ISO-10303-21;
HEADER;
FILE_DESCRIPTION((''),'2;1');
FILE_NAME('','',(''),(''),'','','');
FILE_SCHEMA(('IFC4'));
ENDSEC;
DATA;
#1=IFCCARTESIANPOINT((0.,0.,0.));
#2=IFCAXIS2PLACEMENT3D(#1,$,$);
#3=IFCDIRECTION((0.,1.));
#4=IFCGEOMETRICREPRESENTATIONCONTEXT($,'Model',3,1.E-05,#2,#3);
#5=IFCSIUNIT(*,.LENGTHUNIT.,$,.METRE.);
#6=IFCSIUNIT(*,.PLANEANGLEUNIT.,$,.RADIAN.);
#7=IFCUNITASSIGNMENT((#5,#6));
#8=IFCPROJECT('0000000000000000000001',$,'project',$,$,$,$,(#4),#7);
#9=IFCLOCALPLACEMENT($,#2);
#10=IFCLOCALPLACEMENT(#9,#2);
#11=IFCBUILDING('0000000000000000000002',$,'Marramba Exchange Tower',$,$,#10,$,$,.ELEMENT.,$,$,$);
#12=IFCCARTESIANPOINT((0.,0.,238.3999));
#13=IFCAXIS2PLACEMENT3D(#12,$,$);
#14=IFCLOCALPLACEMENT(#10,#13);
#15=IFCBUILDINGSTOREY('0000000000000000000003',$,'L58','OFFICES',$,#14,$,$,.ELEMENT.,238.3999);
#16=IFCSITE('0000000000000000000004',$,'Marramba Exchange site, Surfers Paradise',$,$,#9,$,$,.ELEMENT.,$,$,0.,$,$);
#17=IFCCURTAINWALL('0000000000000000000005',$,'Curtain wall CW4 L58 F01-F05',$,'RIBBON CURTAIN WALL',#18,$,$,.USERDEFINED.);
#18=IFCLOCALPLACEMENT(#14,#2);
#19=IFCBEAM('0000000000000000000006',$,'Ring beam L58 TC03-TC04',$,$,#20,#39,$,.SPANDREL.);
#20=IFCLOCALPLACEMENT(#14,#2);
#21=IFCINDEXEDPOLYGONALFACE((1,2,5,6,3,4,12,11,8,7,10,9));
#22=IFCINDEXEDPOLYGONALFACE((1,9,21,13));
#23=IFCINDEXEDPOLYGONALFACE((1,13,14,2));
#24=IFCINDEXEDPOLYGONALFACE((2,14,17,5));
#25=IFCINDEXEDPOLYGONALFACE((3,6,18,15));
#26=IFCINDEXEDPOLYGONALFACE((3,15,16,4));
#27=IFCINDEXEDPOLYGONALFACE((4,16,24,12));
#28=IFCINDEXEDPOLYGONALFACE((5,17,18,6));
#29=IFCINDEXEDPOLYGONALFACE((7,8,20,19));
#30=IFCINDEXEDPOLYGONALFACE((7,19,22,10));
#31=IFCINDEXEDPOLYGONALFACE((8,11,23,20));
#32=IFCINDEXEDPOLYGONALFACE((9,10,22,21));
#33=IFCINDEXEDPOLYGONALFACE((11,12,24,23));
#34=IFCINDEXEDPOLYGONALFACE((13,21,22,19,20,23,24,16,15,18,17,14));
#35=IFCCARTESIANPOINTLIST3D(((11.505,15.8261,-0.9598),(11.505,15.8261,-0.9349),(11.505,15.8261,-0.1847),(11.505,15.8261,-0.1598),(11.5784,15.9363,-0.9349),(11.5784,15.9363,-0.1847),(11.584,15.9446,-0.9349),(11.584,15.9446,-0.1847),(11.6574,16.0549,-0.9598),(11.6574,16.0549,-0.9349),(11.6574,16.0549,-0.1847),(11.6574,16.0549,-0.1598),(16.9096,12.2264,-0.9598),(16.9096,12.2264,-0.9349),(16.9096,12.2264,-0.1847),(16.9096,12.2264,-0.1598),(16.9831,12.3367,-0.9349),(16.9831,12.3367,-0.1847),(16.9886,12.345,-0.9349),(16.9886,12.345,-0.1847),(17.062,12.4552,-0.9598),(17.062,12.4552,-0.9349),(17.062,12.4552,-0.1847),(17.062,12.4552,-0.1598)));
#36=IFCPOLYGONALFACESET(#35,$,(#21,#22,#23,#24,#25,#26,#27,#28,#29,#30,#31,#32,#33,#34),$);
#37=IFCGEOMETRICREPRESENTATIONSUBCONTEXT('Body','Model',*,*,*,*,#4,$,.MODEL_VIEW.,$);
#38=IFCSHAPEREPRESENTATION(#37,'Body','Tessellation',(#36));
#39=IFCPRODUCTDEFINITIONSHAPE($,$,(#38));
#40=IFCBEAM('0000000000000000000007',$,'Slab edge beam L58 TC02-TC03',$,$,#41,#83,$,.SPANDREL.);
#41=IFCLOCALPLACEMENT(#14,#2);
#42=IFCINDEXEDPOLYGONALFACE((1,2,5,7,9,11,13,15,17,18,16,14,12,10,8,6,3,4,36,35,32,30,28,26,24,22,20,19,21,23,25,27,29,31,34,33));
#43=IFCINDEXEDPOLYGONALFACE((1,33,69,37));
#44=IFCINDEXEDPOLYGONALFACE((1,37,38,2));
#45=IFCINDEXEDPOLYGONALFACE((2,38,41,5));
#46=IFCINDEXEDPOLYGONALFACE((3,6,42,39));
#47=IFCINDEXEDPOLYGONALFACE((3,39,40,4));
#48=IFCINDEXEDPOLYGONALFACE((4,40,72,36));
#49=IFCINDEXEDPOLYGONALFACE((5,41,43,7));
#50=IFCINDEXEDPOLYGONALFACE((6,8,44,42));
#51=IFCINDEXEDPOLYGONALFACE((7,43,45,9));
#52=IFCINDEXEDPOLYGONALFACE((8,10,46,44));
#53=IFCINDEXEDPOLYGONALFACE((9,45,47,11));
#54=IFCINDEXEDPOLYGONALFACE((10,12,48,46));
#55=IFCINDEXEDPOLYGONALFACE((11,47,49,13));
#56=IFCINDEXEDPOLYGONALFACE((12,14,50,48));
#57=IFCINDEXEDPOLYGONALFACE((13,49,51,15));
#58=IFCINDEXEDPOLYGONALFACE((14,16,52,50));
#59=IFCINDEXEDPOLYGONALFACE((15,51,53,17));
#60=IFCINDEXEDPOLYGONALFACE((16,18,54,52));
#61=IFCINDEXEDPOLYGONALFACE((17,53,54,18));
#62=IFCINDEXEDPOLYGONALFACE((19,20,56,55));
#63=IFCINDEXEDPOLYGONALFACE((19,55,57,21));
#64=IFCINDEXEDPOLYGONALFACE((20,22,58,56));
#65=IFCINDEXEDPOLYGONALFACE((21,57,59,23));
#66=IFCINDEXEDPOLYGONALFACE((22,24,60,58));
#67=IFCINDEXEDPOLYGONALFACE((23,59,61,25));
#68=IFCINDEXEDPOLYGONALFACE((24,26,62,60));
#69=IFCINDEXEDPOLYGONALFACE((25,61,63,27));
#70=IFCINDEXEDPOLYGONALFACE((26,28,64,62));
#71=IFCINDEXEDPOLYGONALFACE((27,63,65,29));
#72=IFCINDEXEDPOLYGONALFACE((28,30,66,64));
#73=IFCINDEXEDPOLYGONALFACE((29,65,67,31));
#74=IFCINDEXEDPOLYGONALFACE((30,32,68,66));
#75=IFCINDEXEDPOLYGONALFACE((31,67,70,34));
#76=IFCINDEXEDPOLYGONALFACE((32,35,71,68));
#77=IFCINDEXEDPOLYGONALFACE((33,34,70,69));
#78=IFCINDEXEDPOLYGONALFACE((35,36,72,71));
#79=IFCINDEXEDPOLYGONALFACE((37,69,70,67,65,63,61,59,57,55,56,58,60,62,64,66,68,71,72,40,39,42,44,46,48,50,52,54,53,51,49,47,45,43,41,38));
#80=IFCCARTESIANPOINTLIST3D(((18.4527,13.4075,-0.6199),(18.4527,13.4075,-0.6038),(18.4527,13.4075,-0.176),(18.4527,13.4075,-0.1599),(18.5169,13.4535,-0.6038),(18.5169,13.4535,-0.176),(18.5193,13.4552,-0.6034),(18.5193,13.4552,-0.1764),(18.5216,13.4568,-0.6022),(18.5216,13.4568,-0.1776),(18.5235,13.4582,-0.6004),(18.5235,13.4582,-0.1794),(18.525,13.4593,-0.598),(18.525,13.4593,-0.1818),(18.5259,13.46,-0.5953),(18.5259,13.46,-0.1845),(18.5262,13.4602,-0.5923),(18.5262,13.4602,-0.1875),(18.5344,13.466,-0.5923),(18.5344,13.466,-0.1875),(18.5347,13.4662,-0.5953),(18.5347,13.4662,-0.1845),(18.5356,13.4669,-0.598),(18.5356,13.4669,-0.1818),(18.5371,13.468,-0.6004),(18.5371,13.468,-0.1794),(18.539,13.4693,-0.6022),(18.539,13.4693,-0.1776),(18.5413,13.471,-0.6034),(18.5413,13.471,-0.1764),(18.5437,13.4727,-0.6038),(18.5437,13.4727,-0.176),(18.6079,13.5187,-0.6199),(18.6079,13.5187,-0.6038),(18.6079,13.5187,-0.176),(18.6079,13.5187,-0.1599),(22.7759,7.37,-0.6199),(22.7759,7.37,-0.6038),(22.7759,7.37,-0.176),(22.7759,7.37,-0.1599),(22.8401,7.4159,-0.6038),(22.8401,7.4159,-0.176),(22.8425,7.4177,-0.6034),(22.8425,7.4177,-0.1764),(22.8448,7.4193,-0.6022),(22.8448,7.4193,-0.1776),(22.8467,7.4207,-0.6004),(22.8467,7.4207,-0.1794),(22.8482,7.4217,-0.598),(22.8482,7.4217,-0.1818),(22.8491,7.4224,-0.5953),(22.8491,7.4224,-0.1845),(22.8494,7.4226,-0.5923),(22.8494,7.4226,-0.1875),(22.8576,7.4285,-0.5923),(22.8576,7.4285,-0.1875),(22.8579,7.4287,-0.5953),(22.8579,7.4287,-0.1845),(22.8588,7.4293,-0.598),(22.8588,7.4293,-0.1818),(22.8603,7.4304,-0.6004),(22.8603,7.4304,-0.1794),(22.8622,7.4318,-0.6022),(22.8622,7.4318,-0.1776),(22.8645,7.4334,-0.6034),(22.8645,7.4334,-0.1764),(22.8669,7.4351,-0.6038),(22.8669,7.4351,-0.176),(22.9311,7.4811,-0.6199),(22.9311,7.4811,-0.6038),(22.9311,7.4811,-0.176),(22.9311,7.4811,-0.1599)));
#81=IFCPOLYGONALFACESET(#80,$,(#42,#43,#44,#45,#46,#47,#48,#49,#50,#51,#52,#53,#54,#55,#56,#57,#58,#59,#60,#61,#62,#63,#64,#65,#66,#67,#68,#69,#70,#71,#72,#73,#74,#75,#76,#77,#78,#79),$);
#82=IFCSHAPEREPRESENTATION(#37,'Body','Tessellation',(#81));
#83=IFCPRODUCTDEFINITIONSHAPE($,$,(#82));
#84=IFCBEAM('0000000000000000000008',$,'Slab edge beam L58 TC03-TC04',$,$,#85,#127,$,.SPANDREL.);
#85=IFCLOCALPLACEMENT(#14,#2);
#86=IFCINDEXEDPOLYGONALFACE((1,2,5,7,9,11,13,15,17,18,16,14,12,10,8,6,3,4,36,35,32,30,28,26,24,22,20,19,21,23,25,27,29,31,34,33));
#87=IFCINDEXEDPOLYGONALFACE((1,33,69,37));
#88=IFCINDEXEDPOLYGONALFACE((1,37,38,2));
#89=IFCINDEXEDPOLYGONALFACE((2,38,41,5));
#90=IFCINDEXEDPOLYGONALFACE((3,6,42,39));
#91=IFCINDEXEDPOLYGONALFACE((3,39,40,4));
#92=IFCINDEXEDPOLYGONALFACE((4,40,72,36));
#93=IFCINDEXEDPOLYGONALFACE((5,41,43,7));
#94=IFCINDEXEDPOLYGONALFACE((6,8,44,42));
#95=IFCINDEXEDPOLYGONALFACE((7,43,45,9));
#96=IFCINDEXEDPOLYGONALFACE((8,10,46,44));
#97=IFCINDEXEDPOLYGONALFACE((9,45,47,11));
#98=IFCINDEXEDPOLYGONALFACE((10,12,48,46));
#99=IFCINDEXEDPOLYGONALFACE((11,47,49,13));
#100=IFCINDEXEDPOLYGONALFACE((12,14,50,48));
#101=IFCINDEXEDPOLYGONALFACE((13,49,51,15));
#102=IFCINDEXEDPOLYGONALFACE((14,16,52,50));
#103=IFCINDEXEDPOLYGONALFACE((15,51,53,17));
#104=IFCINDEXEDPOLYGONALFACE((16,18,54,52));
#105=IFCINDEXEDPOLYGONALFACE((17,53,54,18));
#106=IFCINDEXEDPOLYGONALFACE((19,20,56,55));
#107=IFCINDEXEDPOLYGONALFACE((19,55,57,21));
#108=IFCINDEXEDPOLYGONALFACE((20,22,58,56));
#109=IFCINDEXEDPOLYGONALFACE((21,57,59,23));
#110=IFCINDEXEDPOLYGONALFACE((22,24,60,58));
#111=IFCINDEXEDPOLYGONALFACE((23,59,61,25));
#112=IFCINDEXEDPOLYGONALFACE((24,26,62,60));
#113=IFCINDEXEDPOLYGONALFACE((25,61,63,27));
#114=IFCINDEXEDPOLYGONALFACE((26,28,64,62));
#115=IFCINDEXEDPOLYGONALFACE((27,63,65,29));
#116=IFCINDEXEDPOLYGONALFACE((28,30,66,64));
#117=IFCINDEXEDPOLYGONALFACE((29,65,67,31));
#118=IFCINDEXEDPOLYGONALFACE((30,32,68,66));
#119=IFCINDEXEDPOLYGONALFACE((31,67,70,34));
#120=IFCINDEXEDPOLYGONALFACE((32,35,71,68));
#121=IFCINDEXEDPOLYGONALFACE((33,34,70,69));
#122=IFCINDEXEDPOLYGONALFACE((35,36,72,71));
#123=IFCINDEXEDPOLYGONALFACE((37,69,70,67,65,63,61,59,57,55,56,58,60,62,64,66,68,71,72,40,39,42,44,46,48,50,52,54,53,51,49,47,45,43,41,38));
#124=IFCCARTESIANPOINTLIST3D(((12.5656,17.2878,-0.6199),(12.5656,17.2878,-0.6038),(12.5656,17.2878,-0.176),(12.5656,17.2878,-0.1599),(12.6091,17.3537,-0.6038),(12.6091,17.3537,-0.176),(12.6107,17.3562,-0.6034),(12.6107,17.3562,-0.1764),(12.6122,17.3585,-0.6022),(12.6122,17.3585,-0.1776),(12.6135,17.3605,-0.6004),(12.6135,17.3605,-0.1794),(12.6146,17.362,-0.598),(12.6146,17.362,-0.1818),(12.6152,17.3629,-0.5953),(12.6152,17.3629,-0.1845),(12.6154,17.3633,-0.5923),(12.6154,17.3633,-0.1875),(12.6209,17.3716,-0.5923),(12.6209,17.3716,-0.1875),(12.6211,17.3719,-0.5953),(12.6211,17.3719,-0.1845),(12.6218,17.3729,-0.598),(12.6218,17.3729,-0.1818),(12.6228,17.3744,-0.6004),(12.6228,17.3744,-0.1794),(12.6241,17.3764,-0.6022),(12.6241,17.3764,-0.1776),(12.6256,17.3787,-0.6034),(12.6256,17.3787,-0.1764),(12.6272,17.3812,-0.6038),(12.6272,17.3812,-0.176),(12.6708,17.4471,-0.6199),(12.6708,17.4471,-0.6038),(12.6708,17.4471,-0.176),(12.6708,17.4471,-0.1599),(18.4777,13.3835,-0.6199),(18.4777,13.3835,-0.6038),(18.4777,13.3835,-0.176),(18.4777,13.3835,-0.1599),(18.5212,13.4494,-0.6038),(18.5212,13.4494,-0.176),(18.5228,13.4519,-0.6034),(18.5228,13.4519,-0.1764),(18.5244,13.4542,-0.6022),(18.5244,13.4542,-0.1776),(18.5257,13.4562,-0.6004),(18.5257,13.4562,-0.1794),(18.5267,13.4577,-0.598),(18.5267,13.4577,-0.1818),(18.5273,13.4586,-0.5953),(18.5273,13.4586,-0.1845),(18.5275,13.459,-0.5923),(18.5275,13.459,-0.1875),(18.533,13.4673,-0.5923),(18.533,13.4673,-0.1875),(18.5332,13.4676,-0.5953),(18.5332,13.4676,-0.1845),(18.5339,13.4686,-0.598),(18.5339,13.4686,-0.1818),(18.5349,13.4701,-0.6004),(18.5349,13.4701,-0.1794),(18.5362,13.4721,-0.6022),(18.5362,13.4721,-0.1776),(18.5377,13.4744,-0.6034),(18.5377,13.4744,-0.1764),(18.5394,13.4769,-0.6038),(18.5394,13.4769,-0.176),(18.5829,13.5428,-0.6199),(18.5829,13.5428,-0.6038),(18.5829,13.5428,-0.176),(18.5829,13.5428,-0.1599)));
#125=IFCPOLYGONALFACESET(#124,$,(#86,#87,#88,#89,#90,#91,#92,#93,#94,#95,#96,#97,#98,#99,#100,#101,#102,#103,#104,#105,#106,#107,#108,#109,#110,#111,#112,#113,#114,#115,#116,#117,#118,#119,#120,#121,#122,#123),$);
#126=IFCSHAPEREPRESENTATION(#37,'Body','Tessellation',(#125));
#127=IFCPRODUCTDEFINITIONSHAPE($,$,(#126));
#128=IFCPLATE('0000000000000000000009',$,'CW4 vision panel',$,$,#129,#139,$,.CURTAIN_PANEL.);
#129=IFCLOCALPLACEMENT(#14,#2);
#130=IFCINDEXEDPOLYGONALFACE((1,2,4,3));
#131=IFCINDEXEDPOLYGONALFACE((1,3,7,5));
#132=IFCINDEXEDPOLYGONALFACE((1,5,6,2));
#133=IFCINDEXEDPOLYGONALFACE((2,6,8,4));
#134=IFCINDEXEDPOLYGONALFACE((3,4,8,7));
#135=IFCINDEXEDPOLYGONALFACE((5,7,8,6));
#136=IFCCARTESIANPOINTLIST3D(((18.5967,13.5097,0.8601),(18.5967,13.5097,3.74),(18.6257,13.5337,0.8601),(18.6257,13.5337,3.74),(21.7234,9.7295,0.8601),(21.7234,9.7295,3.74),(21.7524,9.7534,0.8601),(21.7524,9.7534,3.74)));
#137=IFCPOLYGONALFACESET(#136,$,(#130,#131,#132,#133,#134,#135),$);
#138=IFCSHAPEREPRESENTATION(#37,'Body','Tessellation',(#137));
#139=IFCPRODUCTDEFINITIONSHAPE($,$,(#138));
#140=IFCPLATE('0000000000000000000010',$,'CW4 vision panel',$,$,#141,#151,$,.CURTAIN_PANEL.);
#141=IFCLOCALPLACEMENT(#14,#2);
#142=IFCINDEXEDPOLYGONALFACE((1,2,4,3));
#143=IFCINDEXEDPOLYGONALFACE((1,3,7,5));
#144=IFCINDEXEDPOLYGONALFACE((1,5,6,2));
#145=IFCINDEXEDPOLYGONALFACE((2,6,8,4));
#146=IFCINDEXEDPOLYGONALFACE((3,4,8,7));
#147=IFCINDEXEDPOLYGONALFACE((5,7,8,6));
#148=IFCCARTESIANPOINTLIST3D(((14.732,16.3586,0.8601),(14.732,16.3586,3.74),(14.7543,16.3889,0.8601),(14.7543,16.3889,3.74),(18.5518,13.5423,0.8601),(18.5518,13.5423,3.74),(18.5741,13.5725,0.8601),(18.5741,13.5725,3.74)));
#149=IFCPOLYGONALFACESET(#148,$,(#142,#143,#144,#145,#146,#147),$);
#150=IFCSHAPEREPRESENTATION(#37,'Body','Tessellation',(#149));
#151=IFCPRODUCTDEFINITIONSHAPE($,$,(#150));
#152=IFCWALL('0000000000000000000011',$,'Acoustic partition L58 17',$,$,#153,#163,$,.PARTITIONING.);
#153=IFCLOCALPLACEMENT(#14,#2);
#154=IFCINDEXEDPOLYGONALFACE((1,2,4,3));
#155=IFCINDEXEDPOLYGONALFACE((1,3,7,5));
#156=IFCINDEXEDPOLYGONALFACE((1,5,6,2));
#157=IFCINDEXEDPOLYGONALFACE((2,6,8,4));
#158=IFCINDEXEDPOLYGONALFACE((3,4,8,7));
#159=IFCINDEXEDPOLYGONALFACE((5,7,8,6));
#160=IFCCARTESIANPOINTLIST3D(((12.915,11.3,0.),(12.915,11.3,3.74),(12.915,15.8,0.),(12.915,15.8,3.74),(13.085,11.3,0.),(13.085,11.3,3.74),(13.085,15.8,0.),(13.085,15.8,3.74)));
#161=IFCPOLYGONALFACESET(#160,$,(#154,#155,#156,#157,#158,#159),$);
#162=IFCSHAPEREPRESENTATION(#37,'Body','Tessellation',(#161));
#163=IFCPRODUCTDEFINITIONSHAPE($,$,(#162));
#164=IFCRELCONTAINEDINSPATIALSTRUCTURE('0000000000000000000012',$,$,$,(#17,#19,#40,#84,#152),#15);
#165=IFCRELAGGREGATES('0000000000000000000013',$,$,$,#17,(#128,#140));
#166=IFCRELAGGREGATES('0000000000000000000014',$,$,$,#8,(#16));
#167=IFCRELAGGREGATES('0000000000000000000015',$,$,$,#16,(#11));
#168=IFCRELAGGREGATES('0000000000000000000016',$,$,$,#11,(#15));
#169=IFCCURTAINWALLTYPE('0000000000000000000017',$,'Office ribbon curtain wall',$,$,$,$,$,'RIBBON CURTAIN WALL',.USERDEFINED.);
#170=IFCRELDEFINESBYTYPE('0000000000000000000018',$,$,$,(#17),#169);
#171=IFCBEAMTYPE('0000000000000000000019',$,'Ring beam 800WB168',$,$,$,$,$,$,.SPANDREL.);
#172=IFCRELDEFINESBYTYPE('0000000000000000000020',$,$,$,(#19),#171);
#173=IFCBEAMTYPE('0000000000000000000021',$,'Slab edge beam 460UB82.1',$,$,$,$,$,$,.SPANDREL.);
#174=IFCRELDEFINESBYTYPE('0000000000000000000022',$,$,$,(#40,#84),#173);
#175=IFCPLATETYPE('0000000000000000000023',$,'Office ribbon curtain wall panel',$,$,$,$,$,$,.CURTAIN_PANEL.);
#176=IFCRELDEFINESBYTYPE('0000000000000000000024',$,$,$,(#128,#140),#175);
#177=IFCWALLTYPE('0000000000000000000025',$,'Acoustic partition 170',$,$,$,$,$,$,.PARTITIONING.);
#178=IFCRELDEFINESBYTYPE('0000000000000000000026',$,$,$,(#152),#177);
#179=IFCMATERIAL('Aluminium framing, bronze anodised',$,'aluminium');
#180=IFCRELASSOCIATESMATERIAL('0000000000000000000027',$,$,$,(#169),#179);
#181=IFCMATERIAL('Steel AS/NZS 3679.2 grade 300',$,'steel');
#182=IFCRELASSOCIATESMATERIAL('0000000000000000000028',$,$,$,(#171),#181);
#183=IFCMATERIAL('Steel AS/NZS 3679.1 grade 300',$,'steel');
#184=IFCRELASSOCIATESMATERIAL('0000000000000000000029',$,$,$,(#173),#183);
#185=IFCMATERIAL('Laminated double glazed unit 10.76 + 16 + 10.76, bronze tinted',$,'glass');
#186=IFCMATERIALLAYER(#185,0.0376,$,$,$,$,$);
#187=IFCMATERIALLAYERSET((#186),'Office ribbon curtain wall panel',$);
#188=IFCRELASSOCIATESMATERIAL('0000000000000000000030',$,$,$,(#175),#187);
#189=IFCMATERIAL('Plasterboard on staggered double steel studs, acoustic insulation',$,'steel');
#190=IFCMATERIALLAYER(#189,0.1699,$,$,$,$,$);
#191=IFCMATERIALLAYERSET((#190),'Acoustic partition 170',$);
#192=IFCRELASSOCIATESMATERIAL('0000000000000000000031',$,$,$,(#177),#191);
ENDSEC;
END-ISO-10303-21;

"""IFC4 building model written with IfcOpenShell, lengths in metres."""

from ifc_helpers import new_model, si_unit, direction, frame, frame_2d, origin, origin_2d, place, context, subcontext, project, spatial, rectangle, i_section, extrude, material, layer, layer_set, material_profile, profile_set, type_object, element, aggregate, save


model = new_model("IFC4")

# Units and contexts
model_context = context("Model", 3, precision=1e-05, world=origin(), true_north=direction((0.0, 1.0)))
body_context = subcontext(model_context, "Body", "Model", "MODEL_VIEW")
ifc_project = project(units=[si_unit("LENGTHUNIT", "METRE"), si_unit("PLANEANGLEUNIT", "RADIAN")], contexts=[model_context])

# Site, building, storey
site_placement = place(None, origin())
site = spatial("IfcSite", under=ifc_project, at=site_placement, Name="Marramba Exchange site, Surfers Paradise", CompositionType="ELEMENT", RefElevation=0.0)
building_placement = place(site_placement, origin())
building = spatial("IfcBuilding", under=site, at=building_placement, Name="Marramba Exchange Tower", CompositionType="ELEMENT")
storey_placement = place(building_placement, frame((0.0, 0.0, 238.3999)))
storey = spatial("IfcBuildingStorey", under=building, at=storey_placement, Name="L58", Description="OFFICES", CompositionType="ELEMENT", Elevation=238.3999)

# Shared definitions
ifc_material_1 = material(Name="Steel AS/NZS 3679.2 grade 300", Category="steel")
ifc_material_2 = material(Name="Steel AS/NZS 3679.1 grade 300", Category="steel")

# Curtain wall
ifc_material_3 = material(Name="Aluminium framing, bronze anodised", Category="aluminium")
curtain_wall_type = type_object("IfcCurtainWallType", Name="Office ribbon curtain wall", ElementType="RIBBON CURTAIN WALL", PredefinedType="USERDEFINED", material=ifc_material_3)
curtain_wall_placement = place(storey_placement, origin())
curtain_wall = element("IfcCurtainWall", 1, at=curtain_wall_placement, inside=storey, type_object=curtain_wall_type, Name="Curtain wall CW4 L58 F01-F05", ObjectType="RIBBON CURTAIN WALL", PredefinedType="USERDEFINED")

# Beams
ifc_material_profile_1 = material_profile(ifc_material_1, i_section(OverallWidth=0.2749, OverallDepth=0.8, WebThickness=0.01, FlangeThickness=0.0249, at=origin_2d()), Name="800WB168")
ifc_profile_set_1 = profile_set([ifc_material_profile_1], Name="Steel AS/NZS 3679.2 grade 300")
beam_type_1 = type_object("IfcBeamType", Name="Ring beam 800WB168", PredefinedType="SPANDREL", material=ifc_profile_set_1)
beam_1_placement = place(storey_placement, frame((16.9858, 12.3408, -0.5598), z_axis=(-0.832293, 0.554336, 0.0), x_axis=(-0.554336, -0.832293, 0.0)))
element("IfcBeam", 2, at=beam_1_placement, inside=storey, type_object=beam_type_1, Name="Ring beam L58 TC03-TC04", PredefinedType="SPANDREL", context=body_context, shape_type="SweptSolid", body=[
    extrude(i_section(OverallWidth=0.2749, OverallDepth=0.8, WebThickness=0.01, FlangeThickness=0.0249, at=origin_2d()), origin(), (0.0, 0.0, 1.0), 6.4937),
])
ifc_material_profile_2 = material_profile(ifc_material_2, i_section(OverallWidth=0.1909, OverallDepth=0.46, WebThickness=0.01, FlangeThickness=0.0161, FilletRadius=0.0115, at=origin_2d()), Name="460UB82.1")
ifc_profile_set_2 = profile_set([ifc_material_profile_2], Name="Steel AS/NZS 3679.1 grade 300")
beam_type_2 = type_object("IfcBeamType", Name="Slab edge beam 460UB82.1", PredefinedType="SPANDREL", material=ifc_profile_set_2)
beam_2_placement = place(storey_placement, frame((22.8535, 7.4255, -0.3899), z_axis=(-0.582189, 0.813053, 0.0), x_axis=(-0.813053, -0.582189, 0.0)))
element("IfcBeam", 3, at=beam_2_placement, inside=storey, type_object=beam_type_2, Name="Slab edge beam L58 TC02-TC03", PredefinedType="SPANDREL", context=body_context, shape_type="SweptSolid", body=[
    extrude(i_section(OverallWidth=0.1909, OverallDepth=0.46, WebThickness=0.01, FlangeThickness=0.0161, FilletRadius=0.0115, at=origin_2d()), origin(), (0.0, 0.0, 1.0), 7.4258),
])
beam_3_placement = place(storey_placement, frame((18.5303, 13.4631, -0.3899), z_axis=(-0.83446, 0.551069, 0.0), x_axis=(-0.551069, -0.83446, 0.0)))
element("IfcBeam", 4, at=beam_3_placement, inside=storey, type_object=beam_type_2, Name="Slab edge beam L58 TC03-TC04", PredefinedType="SPANDREL", context=body_context, shape_type="SweptSolid", body=[
    extrude(i_section(OverallWidth=0.1909, OverallDepth=0.46, WebThickness=0.01, FlangeThickness=0.0161, FilletRadius=0.0115, at=origin_2d()), origin(), (0.0, 0.0, 1.0), 7.085),
])

# Plates
ifc_material_4 = material(Name="Laminated double glazed unit 10.76 + 16 + 10.76, bronze tinted", Category="glass")
ifc_layer_1 = layer(ifc_material_4, 0.0376)
ifc_layer_set_1 = layer_set([ifc_layer_1], Name="Office ribbon curtain wall panel")
plate_type = type_object("IfcPlateType", Name="Office ribbon curtain wall panel", PredefinedType="CURTAIN_PANEL", material=ifc_layer_set_1)
plate_1_placement = place(storey_placement, frame((20.1746, 11.6316, 0.8601), z_axis=(0.0, 0.0, 1.0), x_axis=(-0.63735, 0.770574, 0.0)))
plate_1 = element("IfcPlate", 5, at=plate_1_placement, type_object=plate_type, Name="CW4 vision panel", PredefinedType="CURTAIN_PANEL", context=body_context, shape_type="SweptSolid", body=[
    extrude(rectangle(XDim=4.9058, YDim=0.0376, at=origin_2d()), origin(), (0.0, 0.0, 1.0), 2.8799),
])
plate_2_placement = place(storey_placement, frame((16.6531, 14.9656, 0.8601), z_axis=(0.0, 0.0, 1.0), x_axis=(-0.804877, 0.593441, 0.0)))
plate_2 = element("IfcPlate", 6, at=plate_2_placement, type_object=plate_type, Name="CW4 vision panel", PredefinedType="CURTAIN_PANEL", context=body_context, shape_type="SweptSolid", body=[
    extrude(rectangle(XDim=4.7458, YDim=0.0376, at=origin_2d()), origin(), (0.0, 0.0, 1.0), 2.8799),
])
aggregate(curtain_wall, [plate_1, plate_2])

# Wall
ifc_material_5 = material(Name="Plasterboard on staggered double steel studs, acoustic insulation", Category="steel")
ifc_layer_2 = layer(ifc_material_5, 0.1699)
ifc_layer_set_2 = layer_set([ifc_layer_2], Name="Acoustic partition 170")
wall_type_1 = type_object("IfcWallType", Name="Acoustic partition 170", PredefinedType="PARTITIONING", material=ifc_layer_set_2)
wall_1_placement = place(storey_placement, frame((13.0, 11.3, 0.0), z_axis=(0.0, 0.0, 1.0), x_axis=(0.0, 1.0, 0.0)))
element("IfcWall", 7, at=wall_1_placement, inside=storey, type_object=wall_type_1, Name="Acoustic partition L58 17", PredefinedType="PARTITIONING", context=body_context, shape_type="SweptSolid", body=[
    extrude(rectangle(XDim=4.5, YDim=0.1699, at=frame_2d((2.25, 0.0))), origin(), (0.0, 0.0, 1.0), 3.74),
])

save(model, "model.ifc")
